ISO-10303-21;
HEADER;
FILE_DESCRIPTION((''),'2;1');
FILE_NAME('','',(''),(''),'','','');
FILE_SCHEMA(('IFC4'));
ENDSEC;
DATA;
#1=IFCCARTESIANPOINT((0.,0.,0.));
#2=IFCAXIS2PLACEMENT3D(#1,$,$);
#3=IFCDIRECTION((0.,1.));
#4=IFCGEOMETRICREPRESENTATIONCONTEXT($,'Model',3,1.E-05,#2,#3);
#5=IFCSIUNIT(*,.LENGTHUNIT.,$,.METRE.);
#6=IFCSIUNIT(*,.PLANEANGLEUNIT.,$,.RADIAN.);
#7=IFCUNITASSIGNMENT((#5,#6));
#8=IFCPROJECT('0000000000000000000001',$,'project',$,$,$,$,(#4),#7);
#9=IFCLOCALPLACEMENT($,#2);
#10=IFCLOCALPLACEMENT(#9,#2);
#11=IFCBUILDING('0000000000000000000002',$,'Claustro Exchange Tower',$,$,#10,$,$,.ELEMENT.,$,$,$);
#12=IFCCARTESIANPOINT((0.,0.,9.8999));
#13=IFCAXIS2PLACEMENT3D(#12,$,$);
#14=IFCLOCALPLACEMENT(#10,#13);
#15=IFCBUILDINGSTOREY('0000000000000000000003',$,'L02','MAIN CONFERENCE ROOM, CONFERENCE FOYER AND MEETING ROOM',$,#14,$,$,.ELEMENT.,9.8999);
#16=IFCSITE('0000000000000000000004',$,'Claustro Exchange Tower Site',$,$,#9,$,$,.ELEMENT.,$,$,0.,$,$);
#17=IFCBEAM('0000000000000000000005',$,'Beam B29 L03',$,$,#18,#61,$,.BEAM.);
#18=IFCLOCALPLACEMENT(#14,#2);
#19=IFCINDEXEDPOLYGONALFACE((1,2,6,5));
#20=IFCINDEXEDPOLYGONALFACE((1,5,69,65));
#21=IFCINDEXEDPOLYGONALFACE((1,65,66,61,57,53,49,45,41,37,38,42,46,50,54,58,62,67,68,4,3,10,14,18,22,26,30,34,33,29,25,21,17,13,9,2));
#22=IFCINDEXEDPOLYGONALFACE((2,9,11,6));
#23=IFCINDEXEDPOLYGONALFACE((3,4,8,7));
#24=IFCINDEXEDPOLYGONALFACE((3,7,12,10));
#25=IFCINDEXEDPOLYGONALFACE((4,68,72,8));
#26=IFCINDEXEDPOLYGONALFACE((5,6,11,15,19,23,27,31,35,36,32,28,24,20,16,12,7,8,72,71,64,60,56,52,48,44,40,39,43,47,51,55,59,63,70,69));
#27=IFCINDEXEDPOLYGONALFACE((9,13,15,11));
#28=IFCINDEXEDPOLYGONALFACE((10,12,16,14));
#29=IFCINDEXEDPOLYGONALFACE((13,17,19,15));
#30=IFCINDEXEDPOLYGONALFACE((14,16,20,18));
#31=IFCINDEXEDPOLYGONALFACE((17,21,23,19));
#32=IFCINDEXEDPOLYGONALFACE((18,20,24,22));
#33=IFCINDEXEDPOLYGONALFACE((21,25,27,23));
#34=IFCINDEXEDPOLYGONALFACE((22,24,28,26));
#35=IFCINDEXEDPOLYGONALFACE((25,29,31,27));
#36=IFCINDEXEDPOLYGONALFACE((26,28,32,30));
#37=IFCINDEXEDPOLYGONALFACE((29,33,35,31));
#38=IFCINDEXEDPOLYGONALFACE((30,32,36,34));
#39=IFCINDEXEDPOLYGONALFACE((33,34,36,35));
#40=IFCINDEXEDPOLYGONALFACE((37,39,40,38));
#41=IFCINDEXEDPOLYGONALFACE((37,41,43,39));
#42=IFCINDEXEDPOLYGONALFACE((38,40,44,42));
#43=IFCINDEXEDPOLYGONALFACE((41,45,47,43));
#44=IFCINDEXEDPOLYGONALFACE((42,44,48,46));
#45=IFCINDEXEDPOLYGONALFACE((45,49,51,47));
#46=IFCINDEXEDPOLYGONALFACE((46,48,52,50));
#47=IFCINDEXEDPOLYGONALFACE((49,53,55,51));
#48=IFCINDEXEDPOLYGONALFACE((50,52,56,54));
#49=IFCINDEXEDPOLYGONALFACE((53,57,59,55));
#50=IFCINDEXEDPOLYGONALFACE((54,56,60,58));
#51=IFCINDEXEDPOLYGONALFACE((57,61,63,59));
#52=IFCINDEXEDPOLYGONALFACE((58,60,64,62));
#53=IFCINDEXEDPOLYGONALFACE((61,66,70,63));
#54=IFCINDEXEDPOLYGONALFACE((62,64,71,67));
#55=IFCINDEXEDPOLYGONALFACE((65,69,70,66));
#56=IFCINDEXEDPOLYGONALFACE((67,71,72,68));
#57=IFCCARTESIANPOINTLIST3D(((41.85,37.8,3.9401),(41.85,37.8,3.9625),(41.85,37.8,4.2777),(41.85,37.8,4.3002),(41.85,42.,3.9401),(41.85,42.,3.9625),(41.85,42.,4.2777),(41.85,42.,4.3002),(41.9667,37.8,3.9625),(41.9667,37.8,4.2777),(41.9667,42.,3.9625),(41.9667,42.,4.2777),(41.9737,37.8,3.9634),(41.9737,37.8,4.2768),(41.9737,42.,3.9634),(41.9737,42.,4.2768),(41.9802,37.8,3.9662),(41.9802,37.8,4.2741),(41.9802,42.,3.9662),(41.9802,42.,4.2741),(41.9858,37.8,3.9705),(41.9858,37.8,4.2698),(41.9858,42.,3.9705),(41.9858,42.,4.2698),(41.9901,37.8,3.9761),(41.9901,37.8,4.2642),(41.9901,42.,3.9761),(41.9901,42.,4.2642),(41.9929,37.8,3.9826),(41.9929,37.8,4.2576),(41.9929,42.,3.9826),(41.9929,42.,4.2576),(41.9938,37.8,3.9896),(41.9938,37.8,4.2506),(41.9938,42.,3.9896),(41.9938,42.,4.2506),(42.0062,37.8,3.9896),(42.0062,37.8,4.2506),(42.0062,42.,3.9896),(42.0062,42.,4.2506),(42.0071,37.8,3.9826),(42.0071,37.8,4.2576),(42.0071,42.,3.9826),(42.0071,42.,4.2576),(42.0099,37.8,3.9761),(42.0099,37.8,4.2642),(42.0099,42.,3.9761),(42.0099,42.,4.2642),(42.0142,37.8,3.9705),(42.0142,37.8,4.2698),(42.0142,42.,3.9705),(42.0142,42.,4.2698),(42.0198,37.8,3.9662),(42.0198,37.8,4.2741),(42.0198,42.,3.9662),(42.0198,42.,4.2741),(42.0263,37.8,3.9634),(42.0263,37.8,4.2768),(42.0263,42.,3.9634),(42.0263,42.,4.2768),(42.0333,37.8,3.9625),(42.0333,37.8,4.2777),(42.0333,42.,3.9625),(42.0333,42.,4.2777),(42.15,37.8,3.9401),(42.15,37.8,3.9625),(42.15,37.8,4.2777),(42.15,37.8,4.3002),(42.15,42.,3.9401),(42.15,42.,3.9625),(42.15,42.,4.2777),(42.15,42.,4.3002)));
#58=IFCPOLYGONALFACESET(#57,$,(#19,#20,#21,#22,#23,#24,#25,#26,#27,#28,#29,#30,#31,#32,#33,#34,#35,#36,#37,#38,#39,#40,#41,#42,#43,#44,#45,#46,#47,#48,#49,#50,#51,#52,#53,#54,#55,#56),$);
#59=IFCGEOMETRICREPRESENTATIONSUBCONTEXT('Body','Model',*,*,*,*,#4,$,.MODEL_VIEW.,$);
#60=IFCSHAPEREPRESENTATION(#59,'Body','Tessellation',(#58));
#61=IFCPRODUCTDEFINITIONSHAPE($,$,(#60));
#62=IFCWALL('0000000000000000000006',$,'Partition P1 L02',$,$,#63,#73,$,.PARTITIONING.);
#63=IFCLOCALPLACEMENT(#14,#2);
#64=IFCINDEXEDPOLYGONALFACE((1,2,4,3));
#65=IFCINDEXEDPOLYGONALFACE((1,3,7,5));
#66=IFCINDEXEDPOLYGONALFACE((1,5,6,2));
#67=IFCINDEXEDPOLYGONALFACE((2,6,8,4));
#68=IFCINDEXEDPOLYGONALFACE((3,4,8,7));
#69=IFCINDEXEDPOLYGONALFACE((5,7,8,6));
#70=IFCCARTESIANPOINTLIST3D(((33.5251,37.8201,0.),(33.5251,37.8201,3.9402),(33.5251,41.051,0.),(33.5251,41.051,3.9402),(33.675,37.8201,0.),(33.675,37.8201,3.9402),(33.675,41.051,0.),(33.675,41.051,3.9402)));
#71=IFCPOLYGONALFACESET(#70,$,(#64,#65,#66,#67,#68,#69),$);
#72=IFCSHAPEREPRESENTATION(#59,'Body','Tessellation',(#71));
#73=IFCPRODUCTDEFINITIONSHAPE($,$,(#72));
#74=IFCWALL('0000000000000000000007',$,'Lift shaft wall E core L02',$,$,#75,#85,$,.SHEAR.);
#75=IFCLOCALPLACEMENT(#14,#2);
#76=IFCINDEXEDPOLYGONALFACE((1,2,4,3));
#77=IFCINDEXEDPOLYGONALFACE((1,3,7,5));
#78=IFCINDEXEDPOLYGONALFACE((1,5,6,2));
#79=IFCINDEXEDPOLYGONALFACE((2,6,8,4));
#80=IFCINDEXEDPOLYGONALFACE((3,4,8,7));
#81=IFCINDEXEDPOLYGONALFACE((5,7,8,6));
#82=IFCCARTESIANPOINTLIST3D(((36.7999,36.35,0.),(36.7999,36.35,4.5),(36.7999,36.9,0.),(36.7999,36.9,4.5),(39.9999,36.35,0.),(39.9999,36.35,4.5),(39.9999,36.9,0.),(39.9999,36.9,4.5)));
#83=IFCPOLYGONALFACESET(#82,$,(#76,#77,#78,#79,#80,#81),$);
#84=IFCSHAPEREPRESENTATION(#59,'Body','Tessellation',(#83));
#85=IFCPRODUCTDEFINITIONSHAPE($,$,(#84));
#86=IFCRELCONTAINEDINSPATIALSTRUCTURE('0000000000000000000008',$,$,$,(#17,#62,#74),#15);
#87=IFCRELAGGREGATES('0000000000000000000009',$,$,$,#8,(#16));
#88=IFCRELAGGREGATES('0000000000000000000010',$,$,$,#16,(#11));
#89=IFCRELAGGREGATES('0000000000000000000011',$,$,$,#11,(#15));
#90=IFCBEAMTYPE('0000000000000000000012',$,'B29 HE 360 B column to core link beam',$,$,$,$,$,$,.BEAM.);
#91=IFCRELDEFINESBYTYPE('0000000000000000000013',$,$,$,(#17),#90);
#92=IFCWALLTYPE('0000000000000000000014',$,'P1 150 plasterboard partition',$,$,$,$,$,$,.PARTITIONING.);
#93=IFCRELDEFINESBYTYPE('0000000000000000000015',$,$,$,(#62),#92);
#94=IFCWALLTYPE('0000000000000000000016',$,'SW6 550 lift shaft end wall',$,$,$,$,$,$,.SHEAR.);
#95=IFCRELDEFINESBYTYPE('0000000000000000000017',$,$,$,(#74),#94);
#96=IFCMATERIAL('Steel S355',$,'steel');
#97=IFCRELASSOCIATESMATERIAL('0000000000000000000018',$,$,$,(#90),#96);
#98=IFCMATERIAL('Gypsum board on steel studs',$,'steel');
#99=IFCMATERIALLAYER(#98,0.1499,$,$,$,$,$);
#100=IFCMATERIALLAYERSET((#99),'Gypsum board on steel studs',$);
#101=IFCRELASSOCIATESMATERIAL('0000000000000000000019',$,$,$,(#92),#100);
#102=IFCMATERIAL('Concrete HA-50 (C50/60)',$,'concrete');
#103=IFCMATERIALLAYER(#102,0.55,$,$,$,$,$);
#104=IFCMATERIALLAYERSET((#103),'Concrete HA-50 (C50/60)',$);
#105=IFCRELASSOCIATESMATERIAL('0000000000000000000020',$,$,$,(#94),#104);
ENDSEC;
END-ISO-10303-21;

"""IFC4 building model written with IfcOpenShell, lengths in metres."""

from ifc_helpers import new_model, si_unit, direction, frame, frame_2d, origin, origin_2d, place, context, subcontext, project, spatial, rectangle, i_section, extrude, material, layer, layer_set, material_profile, profile_set, type_object, element, save


model = new_model("IFC4")

# Units and contexts
model_context = context("Model", 3, precision=1e-05, world=origin(), true_north=direction((0.0, 1.0)))
body_context = subcontext(model_context, "Body", "Model", "MODEL_VIEW")
ifc_project = project(units=[si_unit("LENGTHUNIT", "METRE"), si_unit("PLANEANGLEUNIT", "RADIAN")], contexts=[model_context])

# Site, building, storey
site_placement = place(None, origin())
site = spatial("IfcSite", under=ifc_project, at=site_placement, Name="Claustro Exchange Tower Site", CompositionType="ELEMENT", RefElevation=0.0)
building_placement = place(site_placement, origin())
building = spatial("IfcBuilding", under=site, at=building_placement, Name="Claustro Exchange Tower", CompositionType="ELEMENT")
storey_placement = place(building_placement, frame((0.0, 0.0, 9.8999)))
storey = spatial("IfcBuildingStorey", under=building, at=storey_placement, Name="L02", Description="MAIN CONFERENCE ROOM, CONFERENCE FOYER AND MEETING ROOM", CompositionType="ELEMENT", Elevation=9.8999)

# Beam
ifc_material_1 = material(Name="Steel S355", Category="steel")
ifc_material_profile_1 = material_profile(ifc_material_1, i_section(OverallWidth=0.3, OverallDepth=0.3601, WebThickness=0.0125, FlangeThickness=0.0225, FilletRadius=0.0271, at=origin_2d()), Name="HE 360 B")
ifc_profile_set_1 = profile_set([ifc_material_profile_1], Name="Steel S355")
beam_type_1 = type_object("IfcBeamType", Name="B29 HE 360 B column to core link beam", PredefinedType="BEAM", material=ifc_profile_set_1)
for number, where, z_axis, x_axis, name in (
    (1, (42.0, 37.8, 4.1201), (0.0, 1.0, 0.0), (-1.0, 0.0, 0.0), "Beam B29 L03"),
):
    element("IfcBeam", number, at=place(storey_placement, frame(where, z_axis=z_axis, x_axis=x_axis)), inside=storey, type_object=beam_type_1, Name=name, PredefinedType="BEAM", context=body_context, shape_type="SweptSolid", body=[
        extrude(i_section(OverallWidth=0.3, OverallDepth=0.3601, WebThickness=0.0125, FlangeThickness=0.0225, FilletRadius=0.0271, at=origin_2d()), origin(), (0.0, 0.0, 1.0), 4.2),
    ])

# Wall
ifc_material_2 = material(Name="Gypsum board on steel studs", Category="steel")
ifc_layer_1 = layer(ifc_material_2, 0.1499)
ifc_layer_set_1 = layer_set([ifc_layer_1], Name="Gypsum board on steel studs")
wall_type_1 = type_object("IfcWallType", Name="P1 150 plasterboard partition", PredefinedType="PARTITIONING", material=ifc_layer_set_1)
wall_1_placement = place(storey_placement, frame((33.6001, 37.8201, 0.0), z_axis=(0.0, 0.0, 1.0), x_axis=(0.0, 1.0, 0.0)))
element("IfcWall", 2, at=wall_1_placement, inside=storey, type_object=wall_type_1, Name="Partition P1 L02", PredefinedType="PARTITIONING", context=body_context, shape_type="SweptSolid", body=[
    extrude(rectangle(XDim=3.231, YDim=0.1499, at=frame_2d((1.6155, 0.0))), origin(), (0.0, 0.0, 1.0), 3.9402),
])

# Wall
ifc_material_3 = material(Name="Concrete HA-50 (C50/60)", Category="concrete")
ifc_layer_2 = layer(ifc_material_3, 0.55)
ifc_layer_set_2 = layer_set([ifc_layer_2], Name="Concrete HA-50 (C50/60)")
wall_type_2 = type_object("IfcWallType", Name="SW6 550 lift shaft end wall", PredefinedType="SHEAR", material=ifc_layer_set_2)
wall_2_placement = place(storey_placement, frame((40.0, 36.625, 0.0), z_axis=(0.0, 0.0, 1.0), x_axis=(-1.0, 0.0, 0.0)))
element("IfcWall", 3, at=wall_2_placement, inside=storey, type_object=wall_type_2, Name="Lift shaft wall E core L02", PredefinedType="SHEAR", context=body_context, shape_type="SweptSolid", body=[
    extrude(rectangle(XDim=3.2, YDim=0.55, at=frame_2d((1.6001, 0.0))), origin(), (0.0, 0.0, 1.0), 4.5),
])

save(model, "model.ifc")
